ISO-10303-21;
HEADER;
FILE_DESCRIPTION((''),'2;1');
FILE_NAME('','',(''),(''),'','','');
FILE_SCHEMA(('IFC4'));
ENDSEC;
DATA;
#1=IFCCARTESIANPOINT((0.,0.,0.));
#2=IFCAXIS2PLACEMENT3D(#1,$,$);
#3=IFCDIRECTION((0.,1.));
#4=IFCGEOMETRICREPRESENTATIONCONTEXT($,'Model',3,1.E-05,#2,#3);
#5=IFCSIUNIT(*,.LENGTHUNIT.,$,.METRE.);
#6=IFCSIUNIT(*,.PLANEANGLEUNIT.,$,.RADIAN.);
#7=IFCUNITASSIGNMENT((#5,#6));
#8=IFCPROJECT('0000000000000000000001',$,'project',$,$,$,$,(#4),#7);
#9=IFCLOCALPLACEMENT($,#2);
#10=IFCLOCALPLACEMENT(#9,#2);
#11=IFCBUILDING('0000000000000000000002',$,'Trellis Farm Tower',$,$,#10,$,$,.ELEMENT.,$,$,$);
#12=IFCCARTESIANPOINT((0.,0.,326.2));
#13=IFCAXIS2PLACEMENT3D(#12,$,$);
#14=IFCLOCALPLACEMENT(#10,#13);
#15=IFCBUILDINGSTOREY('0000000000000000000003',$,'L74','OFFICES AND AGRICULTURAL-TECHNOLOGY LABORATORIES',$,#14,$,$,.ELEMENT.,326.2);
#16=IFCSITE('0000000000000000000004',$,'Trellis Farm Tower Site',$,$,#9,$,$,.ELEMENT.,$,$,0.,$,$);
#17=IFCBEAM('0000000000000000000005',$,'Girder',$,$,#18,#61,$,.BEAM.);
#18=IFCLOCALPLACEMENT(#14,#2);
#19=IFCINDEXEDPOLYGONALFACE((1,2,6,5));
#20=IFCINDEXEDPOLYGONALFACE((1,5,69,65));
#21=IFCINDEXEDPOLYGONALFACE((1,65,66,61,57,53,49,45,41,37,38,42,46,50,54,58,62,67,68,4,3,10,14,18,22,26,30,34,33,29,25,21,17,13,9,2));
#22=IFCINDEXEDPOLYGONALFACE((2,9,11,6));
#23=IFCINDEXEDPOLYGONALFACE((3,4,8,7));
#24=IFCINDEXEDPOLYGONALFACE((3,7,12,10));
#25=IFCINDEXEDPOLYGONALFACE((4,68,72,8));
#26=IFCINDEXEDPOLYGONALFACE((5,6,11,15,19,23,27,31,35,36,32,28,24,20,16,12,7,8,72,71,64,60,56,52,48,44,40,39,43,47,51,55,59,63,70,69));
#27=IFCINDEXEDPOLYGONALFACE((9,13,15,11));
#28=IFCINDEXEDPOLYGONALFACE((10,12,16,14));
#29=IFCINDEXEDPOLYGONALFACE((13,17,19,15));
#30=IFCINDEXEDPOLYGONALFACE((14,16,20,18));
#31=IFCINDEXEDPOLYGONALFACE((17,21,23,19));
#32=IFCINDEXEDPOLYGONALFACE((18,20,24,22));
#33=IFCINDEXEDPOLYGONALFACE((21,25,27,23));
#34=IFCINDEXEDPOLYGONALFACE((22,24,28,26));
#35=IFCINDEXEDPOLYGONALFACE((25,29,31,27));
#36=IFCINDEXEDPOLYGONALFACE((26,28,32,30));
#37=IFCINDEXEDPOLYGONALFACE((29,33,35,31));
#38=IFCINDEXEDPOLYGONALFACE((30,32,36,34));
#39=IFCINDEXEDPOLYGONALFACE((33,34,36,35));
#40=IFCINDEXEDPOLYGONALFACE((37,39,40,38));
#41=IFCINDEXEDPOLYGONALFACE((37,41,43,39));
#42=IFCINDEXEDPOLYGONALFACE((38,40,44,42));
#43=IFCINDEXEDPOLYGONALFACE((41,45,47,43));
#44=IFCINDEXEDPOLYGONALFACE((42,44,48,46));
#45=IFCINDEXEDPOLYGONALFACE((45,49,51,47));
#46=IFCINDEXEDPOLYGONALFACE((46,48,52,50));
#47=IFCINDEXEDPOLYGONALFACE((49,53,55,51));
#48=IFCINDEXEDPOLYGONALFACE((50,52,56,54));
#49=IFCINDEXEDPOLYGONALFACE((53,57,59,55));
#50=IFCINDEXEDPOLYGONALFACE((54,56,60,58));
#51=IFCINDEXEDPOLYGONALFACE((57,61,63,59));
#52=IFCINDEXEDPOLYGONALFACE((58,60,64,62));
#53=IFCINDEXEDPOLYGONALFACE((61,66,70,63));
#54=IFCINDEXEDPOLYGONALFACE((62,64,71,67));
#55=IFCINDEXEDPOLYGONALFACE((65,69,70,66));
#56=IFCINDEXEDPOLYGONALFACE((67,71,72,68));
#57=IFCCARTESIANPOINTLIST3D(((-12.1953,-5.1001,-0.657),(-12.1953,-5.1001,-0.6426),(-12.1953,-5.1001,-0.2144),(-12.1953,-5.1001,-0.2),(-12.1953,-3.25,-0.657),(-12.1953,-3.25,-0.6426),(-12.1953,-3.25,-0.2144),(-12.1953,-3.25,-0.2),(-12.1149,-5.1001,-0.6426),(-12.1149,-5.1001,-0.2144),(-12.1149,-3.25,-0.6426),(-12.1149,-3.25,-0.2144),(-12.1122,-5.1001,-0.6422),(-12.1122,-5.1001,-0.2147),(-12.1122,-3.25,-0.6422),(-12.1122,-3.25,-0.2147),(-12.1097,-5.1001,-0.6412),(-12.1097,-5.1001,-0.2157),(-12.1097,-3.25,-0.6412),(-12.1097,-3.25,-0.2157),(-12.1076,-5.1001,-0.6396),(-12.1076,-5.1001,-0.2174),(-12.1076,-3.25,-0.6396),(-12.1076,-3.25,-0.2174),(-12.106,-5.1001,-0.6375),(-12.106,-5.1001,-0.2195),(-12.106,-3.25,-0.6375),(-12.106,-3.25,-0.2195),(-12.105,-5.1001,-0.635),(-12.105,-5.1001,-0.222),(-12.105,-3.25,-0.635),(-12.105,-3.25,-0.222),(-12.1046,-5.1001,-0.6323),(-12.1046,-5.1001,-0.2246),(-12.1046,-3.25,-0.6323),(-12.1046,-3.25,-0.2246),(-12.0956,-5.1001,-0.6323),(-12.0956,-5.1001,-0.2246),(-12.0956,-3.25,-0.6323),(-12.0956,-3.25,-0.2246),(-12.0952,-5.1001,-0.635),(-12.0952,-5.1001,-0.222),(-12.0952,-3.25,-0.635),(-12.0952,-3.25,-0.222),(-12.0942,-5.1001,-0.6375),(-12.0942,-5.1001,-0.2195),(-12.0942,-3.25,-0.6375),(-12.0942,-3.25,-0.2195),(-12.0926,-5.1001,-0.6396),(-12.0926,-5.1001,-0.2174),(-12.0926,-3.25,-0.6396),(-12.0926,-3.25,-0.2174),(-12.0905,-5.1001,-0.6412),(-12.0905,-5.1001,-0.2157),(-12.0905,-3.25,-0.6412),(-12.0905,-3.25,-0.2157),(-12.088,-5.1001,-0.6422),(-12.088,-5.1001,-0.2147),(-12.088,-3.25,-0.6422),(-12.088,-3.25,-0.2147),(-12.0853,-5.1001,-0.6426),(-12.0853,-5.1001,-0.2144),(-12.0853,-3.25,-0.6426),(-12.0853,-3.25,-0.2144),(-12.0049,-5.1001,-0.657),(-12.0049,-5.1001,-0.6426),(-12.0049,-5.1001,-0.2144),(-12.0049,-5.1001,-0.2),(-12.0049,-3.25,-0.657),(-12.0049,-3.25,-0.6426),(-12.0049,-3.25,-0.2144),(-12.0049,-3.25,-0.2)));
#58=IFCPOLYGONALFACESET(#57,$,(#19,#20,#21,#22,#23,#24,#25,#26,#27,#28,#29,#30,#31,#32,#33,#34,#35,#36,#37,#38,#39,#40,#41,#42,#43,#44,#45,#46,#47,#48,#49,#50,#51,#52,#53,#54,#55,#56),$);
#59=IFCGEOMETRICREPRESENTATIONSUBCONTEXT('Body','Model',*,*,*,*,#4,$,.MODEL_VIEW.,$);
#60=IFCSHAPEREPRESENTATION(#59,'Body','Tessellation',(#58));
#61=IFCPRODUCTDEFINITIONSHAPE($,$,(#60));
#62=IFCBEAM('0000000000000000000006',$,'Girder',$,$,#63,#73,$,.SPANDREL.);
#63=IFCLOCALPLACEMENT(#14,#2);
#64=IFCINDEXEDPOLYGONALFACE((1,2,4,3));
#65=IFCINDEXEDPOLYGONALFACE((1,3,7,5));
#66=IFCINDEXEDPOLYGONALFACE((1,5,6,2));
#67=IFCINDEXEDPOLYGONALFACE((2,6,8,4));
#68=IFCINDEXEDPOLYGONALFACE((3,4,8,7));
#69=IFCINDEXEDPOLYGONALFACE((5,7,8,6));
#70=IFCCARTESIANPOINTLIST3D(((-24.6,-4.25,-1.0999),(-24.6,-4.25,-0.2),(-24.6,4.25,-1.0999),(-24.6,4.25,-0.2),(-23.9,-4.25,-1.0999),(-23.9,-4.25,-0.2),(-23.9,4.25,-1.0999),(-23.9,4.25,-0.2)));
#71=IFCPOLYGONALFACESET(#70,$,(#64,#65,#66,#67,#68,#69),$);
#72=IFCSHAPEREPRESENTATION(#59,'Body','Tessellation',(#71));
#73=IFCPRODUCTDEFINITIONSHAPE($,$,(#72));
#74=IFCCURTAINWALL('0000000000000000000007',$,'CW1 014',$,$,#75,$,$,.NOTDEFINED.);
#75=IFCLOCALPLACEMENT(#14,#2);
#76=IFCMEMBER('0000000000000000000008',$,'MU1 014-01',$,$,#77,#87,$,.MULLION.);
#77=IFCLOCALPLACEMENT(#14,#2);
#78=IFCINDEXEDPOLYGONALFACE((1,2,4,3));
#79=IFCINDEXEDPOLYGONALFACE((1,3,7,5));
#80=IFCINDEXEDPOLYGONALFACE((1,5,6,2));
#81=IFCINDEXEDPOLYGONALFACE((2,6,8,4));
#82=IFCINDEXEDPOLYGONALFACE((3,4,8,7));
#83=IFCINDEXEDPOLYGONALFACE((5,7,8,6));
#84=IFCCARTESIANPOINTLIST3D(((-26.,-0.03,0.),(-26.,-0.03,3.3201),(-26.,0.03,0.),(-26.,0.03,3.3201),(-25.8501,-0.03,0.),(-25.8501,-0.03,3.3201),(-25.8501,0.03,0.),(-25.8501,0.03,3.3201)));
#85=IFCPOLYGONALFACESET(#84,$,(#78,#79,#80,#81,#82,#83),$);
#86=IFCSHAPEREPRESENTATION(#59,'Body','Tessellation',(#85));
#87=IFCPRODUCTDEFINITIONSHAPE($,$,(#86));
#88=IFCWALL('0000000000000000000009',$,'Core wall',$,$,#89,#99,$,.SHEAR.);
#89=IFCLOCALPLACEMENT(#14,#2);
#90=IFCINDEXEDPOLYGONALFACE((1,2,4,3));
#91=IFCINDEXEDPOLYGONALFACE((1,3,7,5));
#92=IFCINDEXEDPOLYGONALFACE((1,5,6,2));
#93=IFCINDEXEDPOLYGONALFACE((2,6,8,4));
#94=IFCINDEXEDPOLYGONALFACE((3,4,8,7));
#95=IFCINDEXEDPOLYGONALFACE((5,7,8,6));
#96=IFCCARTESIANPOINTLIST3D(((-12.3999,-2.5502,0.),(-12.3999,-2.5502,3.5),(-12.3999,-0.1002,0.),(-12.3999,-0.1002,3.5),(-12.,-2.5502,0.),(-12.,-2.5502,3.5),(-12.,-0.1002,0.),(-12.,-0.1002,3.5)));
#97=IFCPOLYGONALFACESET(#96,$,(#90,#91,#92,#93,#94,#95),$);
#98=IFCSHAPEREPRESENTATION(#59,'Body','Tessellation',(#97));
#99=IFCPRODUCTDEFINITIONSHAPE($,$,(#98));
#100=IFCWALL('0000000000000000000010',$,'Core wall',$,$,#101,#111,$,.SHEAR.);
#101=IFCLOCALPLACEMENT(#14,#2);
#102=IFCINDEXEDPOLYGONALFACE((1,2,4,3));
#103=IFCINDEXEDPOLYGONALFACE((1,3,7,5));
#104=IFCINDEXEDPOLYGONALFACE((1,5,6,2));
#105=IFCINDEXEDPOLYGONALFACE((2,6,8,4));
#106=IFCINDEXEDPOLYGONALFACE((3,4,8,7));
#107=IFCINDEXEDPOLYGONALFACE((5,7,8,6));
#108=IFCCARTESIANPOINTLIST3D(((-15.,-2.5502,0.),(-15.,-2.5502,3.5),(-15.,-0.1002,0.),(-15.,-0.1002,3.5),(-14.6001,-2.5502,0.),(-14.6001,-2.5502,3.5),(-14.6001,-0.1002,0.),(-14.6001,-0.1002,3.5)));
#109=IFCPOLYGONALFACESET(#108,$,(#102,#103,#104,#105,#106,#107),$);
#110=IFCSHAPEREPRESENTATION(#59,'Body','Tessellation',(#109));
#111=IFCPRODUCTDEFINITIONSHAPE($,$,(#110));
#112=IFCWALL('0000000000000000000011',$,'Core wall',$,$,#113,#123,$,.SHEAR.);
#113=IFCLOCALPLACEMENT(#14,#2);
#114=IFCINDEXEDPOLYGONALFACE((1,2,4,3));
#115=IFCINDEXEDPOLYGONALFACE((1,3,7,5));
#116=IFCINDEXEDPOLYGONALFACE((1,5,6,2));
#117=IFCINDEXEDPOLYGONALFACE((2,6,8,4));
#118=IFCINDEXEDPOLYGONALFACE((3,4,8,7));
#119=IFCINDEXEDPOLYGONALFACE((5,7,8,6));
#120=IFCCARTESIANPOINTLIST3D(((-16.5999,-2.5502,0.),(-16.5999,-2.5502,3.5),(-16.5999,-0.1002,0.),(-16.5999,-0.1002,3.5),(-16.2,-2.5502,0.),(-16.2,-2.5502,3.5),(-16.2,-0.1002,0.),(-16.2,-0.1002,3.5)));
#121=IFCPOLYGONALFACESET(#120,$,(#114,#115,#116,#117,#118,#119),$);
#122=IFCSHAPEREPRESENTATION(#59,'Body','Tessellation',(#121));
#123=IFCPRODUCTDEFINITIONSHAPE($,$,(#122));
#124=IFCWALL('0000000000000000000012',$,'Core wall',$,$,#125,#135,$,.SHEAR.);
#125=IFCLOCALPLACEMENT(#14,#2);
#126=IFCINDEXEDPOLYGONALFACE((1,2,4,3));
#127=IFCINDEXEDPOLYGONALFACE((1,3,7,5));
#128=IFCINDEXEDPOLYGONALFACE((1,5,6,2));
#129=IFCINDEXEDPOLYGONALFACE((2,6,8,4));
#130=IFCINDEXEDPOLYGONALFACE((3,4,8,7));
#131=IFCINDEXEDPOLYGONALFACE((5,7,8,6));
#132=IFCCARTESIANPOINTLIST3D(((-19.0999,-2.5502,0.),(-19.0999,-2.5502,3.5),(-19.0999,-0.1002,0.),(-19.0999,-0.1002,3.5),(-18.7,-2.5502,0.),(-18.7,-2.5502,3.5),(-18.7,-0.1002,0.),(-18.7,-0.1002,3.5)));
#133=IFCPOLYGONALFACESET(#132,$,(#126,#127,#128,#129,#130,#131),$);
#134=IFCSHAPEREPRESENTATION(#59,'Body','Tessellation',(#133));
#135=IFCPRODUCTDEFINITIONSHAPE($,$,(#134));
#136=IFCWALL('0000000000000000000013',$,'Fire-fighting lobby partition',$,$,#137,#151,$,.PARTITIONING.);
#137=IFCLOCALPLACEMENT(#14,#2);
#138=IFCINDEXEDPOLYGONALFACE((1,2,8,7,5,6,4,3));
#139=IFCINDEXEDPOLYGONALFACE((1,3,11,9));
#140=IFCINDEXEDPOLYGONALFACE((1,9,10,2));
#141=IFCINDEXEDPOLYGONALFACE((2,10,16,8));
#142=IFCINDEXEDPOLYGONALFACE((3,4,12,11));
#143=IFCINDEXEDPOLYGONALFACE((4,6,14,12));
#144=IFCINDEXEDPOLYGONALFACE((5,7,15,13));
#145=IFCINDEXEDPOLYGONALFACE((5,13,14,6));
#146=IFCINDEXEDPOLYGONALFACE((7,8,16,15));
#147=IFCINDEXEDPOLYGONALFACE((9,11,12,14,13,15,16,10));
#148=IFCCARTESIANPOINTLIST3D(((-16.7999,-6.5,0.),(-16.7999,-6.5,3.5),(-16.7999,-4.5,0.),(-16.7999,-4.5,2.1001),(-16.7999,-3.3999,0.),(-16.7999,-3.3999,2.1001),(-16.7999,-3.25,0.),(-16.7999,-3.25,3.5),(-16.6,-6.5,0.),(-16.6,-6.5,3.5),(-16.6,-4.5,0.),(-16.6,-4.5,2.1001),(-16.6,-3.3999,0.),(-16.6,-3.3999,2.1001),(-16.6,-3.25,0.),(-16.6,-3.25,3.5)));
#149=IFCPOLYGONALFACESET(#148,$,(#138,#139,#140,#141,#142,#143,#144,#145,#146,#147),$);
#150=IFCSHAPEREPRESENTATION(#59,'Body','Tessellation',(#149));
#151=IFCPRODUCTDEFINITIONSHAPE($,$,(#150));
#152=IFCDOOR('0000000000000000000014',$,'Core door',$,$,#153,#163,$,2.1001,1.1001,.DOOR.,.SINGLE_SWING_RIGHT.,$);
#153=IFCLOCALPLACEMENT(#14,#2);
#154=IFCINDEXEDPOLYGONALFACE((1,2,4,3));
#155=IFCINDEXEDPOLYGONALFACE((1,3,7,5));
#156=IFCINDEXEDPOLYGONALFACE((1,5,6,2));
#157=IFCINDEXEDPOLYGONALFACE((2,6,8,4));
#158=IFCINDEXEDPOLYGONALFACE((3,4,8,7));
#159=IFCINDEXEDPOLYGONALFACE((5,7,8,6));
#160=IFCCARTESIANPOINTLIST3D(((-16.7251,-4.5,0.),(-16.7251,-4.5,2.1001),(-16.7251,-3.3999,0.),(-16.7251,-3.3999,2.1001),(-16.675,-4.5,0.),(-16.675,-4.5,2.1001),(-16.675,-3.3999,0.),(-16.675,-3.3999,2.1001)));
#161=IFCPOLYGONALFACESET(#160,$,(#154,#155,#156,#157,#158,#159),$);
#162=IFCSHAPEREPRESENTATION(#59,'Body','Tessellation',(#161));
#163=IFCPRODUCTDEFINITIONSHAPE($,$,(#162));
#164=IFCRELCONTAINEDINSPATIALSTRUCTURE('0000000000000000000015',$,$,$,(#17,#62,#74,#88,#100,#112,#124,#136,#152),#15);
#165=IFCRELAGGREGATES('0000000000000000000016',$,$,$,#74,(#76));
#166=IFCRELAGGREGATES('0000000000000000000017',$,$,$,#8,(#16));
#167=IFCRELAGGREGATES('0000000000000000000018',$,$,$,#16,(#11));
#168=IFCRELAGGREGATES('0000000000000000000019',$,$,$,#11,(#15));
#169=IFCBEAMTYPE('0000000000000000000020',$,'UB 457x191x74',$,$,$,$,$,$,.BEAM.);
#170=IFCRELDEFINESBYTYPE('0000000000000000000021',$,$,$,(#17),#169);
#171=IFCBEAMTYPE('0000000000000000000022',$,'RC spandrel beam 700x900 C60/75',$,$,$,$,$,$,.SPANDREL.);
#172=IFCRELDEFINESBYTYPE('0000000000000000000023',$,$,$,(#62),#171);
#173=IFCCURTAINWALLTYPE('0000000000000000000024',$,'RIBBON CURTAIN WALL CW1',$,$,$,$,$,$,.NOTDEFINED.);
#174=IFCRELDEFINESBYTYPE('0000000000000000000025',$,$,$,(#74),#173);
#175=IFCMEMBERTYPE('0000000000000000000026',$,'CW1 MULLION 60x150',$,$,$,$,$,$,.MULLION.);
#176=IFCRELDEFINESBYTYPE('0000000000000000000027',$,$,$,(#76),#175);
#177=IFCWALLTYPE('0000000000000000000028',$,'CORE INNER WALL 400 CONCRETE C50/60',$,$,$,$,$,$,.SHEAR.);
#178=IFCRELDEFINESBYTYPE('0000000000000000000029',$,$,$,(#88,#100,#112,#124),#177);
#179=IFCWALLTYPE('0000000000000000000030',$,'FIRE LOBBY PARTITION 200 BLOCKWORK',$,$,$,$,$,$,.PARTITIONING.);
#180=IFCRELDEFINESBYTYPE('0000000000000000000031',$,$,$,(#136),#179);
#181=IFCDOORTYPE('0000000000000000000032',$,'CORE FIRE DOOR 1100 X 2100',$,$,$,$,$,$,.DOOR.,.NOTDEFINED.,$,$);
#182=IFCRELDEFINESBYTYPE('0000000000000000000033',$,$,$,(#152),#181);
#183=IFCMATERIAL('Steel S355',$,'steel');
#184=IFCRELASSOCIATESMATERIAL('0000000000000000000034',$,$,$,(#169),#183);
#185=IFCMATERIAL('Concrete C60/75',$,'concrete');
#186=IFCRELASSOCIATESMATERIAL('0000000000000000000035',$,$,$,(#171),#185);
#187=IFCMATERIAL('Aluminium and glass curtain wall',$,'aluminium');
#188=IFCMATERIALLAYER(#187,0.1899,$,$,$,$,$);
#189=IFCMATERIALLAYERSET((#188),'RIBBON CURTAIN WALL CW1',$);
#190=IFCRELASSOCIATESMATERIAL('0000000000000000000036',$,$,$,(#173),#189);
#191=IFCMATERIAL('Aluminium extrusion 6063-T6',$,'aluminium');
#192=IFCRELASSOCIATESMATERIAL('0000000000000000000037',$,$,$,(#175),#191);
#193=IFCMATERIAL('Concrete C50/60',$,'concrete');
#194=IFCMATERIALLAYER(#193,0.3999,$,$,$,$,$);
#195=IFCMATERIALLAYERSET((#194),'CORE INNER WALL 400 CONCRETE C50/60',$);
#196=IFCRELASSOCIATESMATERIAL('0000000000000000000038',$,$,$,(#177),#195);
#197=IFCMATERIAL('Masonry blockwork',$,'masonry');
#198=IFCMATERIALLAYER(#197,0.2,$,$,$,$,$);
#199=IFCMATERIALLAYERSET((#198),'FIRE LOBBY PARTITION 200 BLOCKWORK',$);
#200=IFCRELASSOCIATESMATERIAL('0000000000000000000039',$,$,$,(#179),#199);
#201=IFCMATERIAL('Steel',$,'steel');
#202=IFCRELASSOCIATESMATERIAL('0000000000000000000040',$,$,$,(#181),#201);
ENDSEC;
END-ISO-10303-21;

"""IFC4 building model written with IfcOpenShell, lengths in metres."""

from ifc_helpers import new_model, si_unit, direction, frame, frame_2d, origin, origin_2d, place, context, subcontext, project, spatial, rectangle, i_section, extrude, source, transform, mapped, material, layer, layer_set, material_profile, profile_set, type_object, element, fill, aggregate, save


model = new_model("IFC4")

# Units and contexts
model_context = context("Model", 3, precision=1e-05, world=origin(), true_north=direction((0.0, 1.0)))
body_context = subcontext(model_context, "Body", "Model", "MODEL_VIEW")
ifc_project = project(units=[si_unit("LENGTHUNIT", "METRE"), si_unit("PLANEANGLEUNIT", "RADIAN")], contexts=[model_context])

# Site, building, storey
site_placement = place(None, origin())
site = spatial("IfcSite", under=ifc_project, at=site_placement, Name="Trellis Farm Tower Site", CompositionType="ELEMENT", RefElevation=0.0)
building_placement = place(site_placement, origin())
building = spatial("IfcBuilding", under=site, at=building_placement, Name="Trellis Farm Tower", CompositionType="ELEMENT")
storey_placement = place(building_placement, frame((0.0, 0.0, 326.2)))
storey = spatial("IfcBuildingStorey", under=building, at=storey_placement, Name="L74", Description="OFFICES AND AGRICULTURAL-TECHNOLOGY LABORATORIES", CompositionType="ELEMENT", Elevation=326.2)

# Shared definitions
ifc_material_1 = material(Name="Concrete C60/75", Category="concrete")

# Beams
ifc_material_2 = material(Name="Steel S355", Category="steel")
ifc_material_profile_1 = material_profile(ifc_material_2, i_section(OverallWidth=0.1904, OverallDepth=0.457, WebThickness=0.009, FlangeThickness=0.0144, FilletRadius=0.0103, at=origin_2d()), Name="UB 457x191x74")
ifc_profile_set_1 = profile_set([ifc_material_profile_1], Name="Steel S355")
beam_type_1 = type_object("IfcBeamType", Name="UB 457x191x74", PredefinedType="BEAM", material=ifc_profile_set_1)
shared_shape_1 = source(origin(), body_context, "Body", "SweptSolid", [
    extrude(i_section(OverallWidth=0.1904, OverallDepth=0.457, WebThickness=0.009, FlangeThickness=0.0144, FilletRadius=0.0103, at=origin_2d()), origin(), (0.0, 0.0, 1.0), 1.8501),
])
beam_1_placement = place(storey_placement, frame((-12.1001, -5.1001, -0.4285), z_axis=(0.0, 1.0, 0.0), x_axis=(-1.0, 0.0, 0.0)))
element("IfcBeam", 1, at=beam_1_placement, inside=storey, type_object=beam_type_1, Name="Girder", PredefinedType="BEAM", context=body_context, shape_type="MappedRepresentation", body=[
    mapped(shared_shape_1, transform((0.0, 0.0, 0.0))),
])
ifc_material_profile_2 = material_profile(ifc_material_1, rectangle(XDim=0.7, YDim=0.8999, at=origin_2d()), Name="RC spandrel beam 700x900 C60/75")
ifc_profile_set_2 = profile_set([ifc_material_profile_2], Name="Concrete C60/75")
beam_type_2 = type_object("IfcBeamType", Name="RC spandrel beam 700x900 C60/75", PredefinedType="SPANDREL", material=ifc_profile_set_2)
shared_shape_2 = source(origin(), body_context, "Body", "SweptSolid", [
    extrude(rectangle(XDim=0.7, YDim=0.8999, at=origin_2d()), origin(), (0.0, 0.0, 1.0), 8.5),
])
beam_2_placement = place(storey_placement, frame((-24.25, -4.25, -0.6499), z_axis=(0.0, 1.0, 0.0), x_axis=(-1.0, 0.0, 0.0)))
element("IfcBeam", 2, at=beam_2_placement, inside=storey, type_object=beam_type_2, Name="Girder", PredefinedType="SPANDREL", context=body_context, shape_type="MappedRepresentation", body=[
    mapped(shared_shape_2, transform((0.0, 0.0, 0.0))),
])

# Curtain wall, member
ifc_material_3 = material(Name="Aluminium and glass curtain wall", Category="aluminium")
ifc_layer_1 = layer(ifc_material_3, 0.1899)
ifc_layer_set_1 = layer_set([ifc_layer_1], Name="RIBBON CURTAIN WALL CW1")
curtain_wall_type = type_object("IfcCurtainWallType", Name="RIBBON CURTAIN WALL CW1", PredefinedType="NOTDEFINED", material=ifc_layer_set_1)
curtain_wall_placement = place(storey_placement, origin())
curtain_wall = element("IfcCurtainWall", 3, at=curtain_wall_placement, inside=storey, type_object=curtain_wall_type, Name="CW1 014", PredefinedType="NOTDEFINED")
ifc_material_4 = material(Name="Aluminium extrusion 6063-T6", Category="aluminium")
ifc_material_profile_3 = material_profile(ifc_material_4, rectangle(XDim=0.0601, YDim=0.1499, at=origin_2d()), Name="MULLION 60x150")
ifc_profile_set_3 = profile_set([ifc_material_profile_3], Name="Aluminium extrusion 6063-T6")
member_type = type_object("IfcMemberType", Name="CW1 MULLION 60x150", PredefinedType="MULLION", material=ifc_profile_set_3)
shared_shape_3 = source(origin(), body_context, "Body", "SweptSolid", [
    extrude(rectangle(XDim=0.0601, YDim=0.1499, at=origin_2d()), origin(), (0.0, 0.0, 1.0), 3.3201),
])
member_placement = place(storey_placement, frame((-25.925, 0.0, 0.0), z_axis=(0.0, 0.0, 1.0), x_axis=(0.0, -1.0, 0.0)))
member = element("IfcMember", 4, at=member_placement, type_object=member_type, Name="MU1 014-01", PredefinedType="MULLION", context=body_context, shape_type="MappedRepresentation", body=[
    mapped(shared_shape_3, transform((0.0, 0.0, 0.0))),
])
aggregate(curtain_wall, [member])

# Walls
ifc_material_5 = material(Name="Concrete C50/60", Category="concrete")
ifc_layer_2 = layer(ifc_material_5, 0.3999)
ifc_layer_set_2 = layer_set([ifc_layer_2], Name="CORE INNER WALL 400 CONCRETE C50/60")
wall_type_1 = type_object("IfcWallType", Name="CORE INNER WALL 400 CONCRETE C50/60", PredefinedType="SHEAR", material=ifc_layer_set_2)
shared_shape_4 = source(origin(), body_context, "Body", "SweptSolid", [
    extrude(rectangle(XDim=2.45, YDim=0.3999, at=frame_2d((1.2251, 0.0))), origin(), (0.0, 0.0, 1.0), 3.5),
])
for number, where, z_axis, x_axis, name in (
    (5, (-12.2, -0.1001, 0.0), (0.0, 0.0, 1.0), (0.0, -1.0, 0.0), "Core wall"),
    (6, (-14.8, -0.1001, 0.0), (0.0, 0.0, 1.0), (0.0, -1.0, 0.0), "Core wall"),
    (7, (-16.3999, -0.1001, 0.0), (0.0, 0.0, 1.0), (0.0, -1.0, 0.0), "Core wall"),
    (8, (-18.8999, -0.1001, 0.0), (0.0, 0.0, 1.0), (0.0, -1.0, 0.0), "Core wall"),
):
    element("IfcWall", number, at=place(storey_placement, frame(where, z_axis=z_axis, x_axis=x_axis)), inside=storey, type_object=wall_type_1, Name=name, PredefinedType="SHEAR", context=body_context, shape_type="MappedRepresentation", body=[
        mapped(shared_shape_4, transform((0.0, 0.0, 0.0))),
    ])

# Wall, opening, door
ifc_material_6 = material(Name="Masonry blockwork", Category="masonry")
ifc_layer_3 = layer(ifc_material_6, 0.2)
ifc_layer_set_3 = layer_set([ifc_layer_3], Name="FIRE LOBBY PARTITION 200 BLOCKWORK")
wall_type_2 = type_object("IfcWallType", Name="FIRE LOBBY PARTITION 200 BLOCKWORK", PredefinedType="PARTITIONING", material=ifc_layer_set_3)
shared_shape_5 = source(origin(), body_context, "Body", "SweptSolid", [
    extrude(rectangle(XDim=3.25, YDim=0.2, at=frame_2d((1.625, 0.0))), origin(), (0.0, 0.0, 1.0), 3.5),
])
wall_1_placement = place(storey_placement, frame((-16.7, -3.25, 0.0), z_axis=(0.0, 0.0, 1.0), x_axis=(0.0, -1.0, 0.0)))
wall_1 = element("IfcWall", 9, at=wall_1_placement, inside=storey, type_object=wall_type_2, Name="Fire-fighting lobby partition", PredefinedType="PARTITIONING", context=body_context, shape_type="MappedRepresentation", body=[
    mapped(shared_shape_5, transform((0.0, 0.0, 0.0))),
])
shared_shape_6 = source(origin(), body_context, "Body", "SweptSolid", [
    extrude(rectangle(XDim=1.1001, YDim=2.1001, at=frame_2d((0.55, 1.05))), frame((0.0, 0.1101, 0.0), z_axis=(0.0, -1.0, 0.0), x_axis=(1.0, 0.0, 0.0)), (0.0, 0.0, 1.0), 0.2202),
])
opening_1_placement = place(wall_1_placement, frame((0.1499, 0.0, 0.0)))
opening_1 = element("IfcOpeningElement", 10, at=opening_1_placement, cuts=wall_1, PredefinedType="OPENING", context=body_context, shape_type="MappedRepresentation", body=[
    mapped(shared_shape_6, transform((0.0, 0.0, 0.0))),
])
ifc_material_7 = material(Name="Steel", Category="steel")
door_type_1 = type_object("IfcDoorType", Name="CORE FIRE DOOR 1100 X 2100", OperationType="NOTDEFINED", PredefinedType="DOOR", material=ifc_material_7)
shared_shape_7 = source(origin(), body_context, "Body", "SweptSolid", [
    extrude(rectangle(XDim=1.1001, YDim=2.1001, at=frame_2d((0.55, 1.05))), frame((0.0, 0.0249, 0.0), z_axis=(0.0, -1.0, 0.0), x_axis=(1.0, 0.0, 0.0)), (0.0, 0.0, 1.0), 0.05),
])
door_1_placement = place(opening_1_placement, origin())
door_1 = element("IfcDoor", 11, at=door_1_placement, inside=storey, type_object=door_type_1, Name="Core door", OperationType="SINGLE_SWING_RIGHT", OverallHeight=2.1001, OverallWidth=1.1001, PredefinedType="DOOR", context=body_context, shape_type="MappedRepresentation", body=[
    mapped(shared_shape_7, transform((0.0, 0.0, 0.0))),
])
fill(opening_1, door_1)

save(model, "model.ifc")
